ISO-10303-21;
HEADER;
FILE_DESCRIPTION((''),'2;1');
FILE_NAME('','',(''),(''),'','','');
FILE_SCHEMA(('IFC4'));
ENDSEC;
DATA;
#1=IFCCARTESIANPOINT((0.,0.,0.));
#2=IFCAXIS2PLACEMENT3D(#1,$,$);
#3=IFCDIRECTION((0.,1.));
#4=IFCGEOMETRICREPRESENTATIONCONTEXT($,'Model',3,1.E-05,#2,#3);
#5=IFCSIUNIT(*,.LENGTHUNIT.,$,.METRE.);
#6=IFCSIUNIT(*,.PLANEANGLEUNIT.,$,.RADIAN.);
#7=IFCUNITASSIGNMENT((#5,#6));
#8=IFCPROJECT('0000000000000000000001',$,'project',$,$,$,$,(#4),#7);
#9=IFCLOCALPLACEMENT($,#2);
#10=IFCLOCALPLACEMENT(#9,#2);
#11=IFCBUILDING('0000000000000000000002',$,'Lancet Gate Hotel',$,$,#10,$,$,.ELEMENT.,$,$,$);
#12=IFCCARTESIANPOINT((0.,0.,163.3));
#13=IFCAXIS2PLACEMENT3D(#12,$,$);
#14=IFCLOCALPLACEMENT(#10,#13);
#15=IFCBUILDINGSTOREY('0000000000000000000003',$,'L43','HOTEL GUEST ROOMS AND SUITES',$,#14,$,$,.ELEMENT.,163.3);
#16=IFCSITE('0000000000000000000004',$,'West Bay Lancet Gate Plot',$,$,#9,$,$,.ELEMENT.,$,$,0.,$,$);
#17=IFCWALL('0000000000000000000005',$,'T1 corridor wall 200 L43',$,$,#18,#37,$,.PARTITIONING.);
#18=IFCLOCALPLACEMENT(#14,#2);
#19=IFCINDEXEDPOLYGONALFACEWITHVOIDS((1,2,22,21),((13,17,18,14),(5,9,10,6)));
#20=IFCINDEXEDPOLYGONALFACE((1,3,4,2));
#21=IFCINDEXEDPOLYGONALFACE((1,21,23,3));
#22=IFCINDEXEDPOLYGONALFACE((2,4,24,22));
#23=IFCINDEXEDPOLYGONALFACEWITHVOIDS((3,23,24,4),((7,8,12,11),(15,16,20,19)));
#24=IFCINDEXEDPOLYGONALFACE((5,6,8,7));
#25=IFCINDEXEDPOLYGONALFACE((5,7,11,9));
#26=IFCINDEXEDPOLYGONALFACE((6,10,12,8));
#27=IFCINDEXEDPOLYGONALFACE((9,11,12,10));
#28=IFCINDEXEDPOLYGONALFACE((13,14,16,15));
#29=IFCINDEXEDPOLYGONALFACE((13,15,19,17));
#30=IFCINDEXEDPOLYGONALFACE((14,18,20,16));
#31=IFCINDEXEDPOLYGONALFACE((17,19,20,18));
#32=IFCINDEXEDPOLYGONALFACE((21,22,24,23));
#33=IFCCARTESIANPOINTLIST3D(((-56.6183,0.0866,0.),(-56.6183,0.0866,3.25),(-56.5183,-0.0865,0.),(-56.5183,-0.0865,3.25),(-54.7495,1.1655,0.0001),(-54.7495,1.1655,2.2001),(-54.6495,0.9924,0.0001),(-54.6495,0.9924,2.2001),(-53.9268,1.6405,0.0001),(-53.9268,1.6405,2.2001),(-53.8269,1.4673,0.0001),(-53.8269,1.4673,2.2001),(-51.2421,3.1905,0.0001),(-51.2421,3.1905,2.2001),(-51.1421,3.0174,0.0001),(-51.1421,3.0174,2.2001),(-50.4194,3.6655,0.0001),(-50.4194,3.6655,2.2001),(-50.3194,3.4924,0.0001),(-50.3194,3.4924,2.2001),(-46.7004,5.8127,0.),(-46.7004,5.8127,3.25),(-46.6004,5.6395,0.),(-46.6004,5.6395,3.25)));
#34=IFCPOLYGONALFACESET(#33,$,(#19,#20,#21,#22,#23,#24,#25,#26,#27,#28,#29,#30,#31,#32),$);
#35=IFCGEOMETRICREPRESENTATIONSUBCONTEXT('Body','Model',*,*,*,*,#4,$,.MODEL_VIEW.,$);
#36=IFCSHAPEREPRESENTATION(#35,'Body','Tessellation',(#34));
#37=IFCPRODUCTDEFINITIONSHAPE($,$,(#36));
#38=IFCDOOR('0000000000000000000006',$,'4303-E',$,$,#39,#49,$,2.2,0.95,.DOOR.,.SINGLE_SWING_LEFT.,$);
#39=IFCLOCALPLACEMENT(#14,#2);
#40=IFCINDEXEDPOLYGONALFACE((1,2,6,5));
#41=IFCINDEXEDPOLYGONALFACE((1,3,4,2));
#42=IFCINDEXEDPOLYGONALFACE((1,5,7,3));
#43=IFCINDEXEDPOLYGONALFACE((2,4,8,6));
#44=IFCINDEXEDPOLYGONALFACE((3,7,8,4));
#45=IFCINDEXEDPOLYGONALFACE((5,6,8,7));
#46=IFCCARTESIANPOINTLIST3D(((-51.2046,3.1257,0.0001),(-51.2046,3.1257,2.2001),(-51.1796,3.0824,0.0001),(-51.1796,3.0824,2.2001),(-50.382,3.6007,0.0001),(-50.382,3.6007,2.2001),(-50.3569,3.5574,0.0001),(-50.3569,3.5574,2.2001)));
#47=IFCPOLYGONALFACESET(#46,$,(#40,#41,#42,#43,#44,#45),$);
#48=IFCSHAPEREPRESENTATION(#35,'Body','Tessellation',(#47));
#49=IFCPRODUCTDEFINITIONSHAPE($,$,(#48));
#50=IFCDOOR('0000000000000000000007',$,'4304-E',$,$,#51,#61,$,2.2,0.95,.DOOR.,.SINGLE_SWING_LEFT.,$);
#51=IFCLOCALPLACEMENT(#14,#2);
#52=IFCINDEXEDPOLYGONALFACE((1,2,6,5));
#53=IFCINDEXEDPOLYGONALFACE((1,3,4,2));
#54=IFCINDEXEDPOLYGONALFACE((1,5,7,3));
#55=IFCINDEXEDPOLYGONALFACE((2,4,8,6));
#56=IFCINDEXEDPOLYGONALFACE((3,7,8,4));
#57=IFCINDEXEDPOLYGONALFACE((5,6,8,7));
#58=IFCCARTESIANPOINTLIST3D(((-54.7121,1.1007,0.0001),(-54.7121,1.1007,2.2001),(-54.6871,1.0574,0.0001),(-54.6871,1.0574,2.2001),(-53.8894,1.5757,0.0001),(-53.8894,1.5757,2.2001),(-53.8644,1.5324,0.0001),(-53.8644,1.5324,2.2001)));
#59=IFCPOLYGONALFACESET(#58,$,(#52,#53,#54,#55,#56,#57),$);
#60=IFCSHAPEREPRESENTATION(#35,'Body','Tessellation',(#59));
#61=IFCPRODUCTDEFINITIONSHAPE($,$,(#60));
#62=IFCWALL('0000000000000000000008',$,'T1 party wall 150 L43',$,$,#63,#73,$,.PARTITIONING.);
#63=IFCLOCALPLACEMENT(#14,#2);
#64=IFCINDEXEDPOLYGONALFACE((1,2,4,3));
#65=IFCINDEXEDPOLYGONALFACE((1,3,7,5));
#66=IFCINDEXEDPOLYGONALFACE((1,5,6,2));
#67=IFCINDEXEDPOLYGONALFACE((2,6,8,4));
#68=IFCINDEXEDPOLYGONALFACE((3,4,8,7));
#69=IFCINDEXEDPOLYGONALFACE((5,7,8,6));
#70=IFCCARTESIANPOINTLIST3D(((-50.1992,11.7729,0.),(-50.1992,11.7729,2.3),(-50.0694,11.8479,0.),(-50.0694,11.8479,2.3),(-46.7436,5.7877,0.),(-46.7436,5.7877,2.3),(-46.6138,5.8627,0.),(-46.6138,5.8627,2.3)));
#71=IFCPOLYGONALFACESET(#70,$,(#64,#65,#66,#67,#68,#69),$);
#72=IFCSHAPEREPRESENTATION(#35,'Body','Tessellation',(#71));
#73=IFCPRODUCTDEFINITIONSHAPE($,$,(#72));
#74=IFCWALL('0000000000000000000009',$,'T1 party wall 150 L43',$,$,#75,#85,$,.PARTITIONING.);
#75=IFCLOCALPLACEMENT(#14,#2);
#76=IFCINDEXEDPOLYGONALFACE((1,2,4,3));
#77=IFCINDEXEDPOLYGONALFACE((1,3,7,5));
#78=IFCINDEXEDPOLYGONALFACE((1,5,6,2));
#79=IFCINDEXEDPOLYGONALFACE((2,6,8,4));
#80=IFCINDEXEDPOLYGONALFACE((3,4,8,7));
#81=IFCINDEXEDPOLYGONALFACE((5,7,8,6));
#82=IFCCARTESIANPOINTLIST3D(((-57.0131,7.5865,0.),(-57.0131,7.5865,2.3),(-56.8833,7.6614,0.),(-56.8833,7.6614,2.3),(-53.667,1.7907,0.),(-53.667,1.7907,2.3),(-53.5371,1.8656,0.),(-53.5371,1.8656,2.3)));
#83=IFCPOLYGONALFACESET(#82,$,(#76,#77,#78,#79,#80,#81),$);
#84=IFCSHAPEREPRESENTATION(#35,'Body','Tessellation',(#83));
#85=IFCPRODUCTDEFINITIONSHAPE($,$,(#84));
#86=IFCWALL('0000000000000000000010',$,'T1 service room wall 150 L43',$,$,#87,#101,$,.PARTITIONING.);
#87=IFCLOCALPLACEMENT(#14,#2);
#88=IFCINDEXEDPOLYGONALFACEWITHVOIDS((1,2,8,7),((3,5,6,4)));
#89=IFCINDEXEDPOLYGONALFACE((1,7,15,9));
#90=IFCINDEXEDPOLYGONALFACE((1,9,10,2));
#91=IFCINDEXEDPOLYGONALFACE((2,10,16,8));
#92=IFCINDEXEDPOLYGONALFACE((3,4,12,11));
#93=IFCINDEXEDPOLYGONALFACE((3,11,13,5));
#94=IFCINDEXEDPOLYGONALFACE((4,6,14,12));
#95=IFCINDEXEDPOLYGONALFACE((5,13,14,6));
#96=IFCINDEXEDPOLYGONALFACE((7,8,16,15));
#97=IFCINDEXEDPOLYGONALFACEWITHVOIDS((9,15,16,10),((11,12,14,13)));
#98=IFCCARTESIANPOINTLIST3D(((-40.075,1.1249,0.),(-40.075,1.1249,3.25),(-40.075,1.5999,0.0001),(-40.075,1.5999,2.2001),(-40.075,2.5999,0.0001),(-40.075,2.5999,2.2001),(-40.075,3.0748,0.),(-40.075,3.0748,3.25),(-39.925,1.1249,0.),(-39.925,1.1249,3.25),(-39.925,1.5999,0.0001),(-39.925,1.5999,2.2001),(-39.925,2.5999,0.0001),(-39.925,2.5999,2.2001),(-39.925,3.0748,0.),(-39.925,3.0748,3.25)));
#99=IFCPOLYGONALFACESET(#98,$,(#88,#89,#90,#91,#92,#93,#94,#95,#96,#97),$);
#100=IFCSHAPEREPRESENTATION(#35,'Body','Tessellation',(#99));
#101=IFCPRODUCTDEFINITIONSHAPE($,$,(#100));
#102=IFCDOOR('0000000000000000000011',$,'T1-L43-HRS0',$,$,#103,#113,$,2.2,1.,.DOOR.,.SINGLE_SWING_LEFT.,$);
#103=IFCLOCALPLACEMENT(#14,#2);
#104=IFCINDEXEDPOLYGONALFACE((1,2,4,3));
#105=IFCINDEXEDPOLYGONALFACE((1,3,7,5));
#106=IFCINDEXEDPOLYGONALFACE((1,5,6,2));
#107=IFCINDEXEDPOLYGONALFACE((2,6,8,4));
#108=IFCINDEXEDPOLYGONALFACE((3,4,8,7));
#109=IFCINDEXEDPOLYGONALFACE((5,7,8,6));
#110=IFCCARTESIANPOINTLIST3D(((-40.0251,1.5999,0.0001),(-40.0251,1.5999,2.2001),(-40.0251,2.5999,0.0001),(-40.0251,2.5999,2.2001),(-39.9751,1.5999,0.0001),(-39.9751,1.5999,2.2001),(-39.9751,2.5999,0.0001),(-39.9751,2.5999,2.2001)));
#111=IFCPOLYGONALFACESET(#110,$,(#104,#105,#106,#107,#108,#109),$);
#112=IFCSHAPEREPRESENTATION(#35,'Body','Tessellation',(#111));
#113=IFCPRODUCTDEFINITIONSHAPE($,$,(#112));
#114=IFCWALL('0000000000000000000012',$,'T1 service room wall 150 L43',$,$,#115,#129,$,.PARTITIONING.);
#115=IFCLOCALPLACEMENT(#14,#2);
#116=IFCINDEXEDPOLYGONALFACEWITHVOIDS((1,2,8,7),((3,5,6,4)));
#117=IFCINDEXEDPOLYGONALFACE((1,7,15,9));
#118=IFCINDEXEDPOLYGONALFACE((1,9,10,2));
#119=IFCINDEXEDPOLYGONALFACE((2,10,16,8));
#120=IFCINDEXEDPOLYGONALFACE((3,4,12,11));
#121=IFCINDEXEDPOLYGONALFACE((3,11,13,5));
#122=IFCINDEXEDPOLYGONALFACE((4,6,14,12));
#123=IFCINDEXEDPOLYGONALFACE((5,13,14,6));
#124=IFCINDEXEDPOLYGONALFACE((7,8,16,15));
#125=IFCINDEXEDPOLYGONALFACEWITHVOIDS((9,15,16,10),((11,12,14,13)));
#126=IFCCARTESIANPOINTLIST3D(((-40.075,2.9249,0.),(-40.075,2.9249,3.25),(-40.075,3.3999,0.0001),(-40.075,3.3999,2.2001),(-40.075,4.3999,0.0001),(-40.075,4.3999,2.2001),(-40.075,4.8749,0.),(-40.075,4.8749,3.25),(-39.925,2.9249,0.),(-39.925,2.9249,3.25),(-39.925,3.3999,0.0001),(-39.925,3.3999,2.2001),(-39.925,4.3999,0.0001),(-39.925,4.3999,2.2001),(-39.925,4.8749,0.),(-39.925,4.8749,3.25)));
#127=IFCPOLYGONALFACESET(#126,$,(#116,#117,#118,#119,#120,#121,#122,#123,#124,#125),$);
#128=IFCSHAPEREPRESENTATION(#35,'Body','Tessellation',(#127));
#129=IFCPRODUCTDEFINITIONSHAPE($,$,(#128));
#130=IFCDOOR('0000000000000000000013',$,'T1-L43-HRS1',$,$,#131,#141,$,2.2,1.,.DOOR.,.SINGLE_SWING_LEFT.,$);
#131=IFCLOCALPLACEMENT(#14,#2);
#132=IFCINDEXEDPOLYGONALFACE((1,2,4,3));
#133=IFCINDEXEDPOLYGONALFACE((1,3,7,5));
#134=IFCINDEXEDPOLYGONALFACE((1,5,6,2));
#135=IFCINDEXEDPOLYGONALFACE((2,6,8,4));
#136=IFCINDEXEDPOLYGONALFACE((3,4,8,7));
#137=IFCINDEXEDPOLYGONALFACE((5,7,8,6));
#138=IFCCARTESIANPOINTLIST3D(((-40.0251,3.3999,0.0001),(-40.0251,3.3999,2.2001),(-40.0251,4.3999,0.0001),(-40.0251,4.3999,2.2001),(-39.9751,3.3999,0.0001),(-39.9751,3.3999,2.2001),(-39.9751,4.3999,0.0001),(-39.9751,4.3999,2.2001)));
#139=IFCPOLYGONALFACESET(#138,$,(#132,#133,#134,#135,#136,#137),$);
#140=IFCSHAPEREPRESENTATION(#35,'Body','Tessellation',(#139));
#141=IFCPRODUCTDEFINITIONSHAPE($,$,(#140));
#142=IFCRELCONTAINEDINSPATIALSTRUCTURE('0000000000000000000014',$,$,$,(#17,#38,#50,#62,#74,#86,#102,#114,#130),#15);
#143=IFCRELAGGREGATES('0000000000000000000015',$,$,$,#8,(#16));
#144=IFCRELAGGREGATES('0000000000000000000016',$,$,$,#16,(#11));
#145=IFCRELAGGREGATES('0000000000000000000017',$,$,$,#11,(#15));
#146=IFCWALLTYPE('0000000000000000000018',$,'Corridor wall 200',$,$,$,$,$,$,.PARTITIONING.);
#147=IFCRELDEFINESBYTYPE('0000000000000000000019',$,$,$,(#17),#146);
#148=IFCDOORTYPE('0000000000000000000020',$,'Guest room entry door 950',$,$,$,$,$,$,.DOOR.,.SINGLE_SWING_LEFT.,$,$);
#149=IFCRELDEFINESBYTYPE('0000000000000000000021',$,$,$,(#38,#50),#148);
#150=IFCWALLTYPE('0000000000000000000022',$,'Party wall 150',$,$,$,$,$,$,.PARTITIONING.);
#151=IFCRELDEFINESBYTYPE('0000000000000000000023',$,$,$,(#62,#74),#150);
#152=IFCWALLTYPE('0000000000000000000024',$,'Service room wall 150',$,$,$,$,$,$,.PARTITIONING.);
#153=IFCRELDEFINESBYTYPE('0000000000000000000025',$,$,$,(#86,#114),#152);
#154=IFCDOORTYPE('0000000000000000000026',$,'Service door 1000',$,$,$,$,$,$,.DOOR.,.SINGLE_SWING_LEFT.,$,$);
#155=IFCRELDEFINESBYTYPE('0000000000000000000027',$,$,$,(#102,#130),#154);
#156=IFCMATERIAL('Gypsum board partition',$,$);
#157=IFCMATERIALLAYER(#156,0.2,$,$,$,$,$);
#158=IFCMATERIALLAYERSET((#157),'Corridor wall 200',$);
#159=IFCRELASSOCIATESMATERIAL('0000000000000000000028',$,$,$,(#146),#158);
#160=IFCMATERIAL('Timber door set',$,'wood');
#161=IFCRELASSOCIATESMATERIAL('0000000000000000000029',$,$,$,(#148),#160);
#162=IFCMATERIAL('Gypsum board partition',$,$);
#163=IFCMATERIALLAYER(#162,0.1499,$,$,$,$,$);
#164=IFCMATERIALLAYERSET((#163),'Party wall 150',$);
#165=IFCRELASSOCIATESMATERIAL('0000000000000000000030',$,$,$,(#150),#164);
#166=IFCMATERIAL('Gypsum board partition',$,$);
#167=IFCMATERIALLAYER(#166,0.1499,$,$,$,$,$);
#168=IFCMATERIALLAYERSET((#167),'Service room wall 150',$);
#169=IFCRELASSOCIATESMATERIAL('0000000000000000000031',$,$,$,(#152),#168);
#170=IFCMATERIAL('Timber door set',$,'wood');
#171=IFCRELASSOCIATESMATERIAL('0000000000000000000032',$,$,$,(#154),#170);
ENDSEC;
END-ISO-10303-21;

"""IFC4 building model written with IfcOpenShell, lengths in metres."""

from ifc_helpers import new_model, si_unit, direction, frame, frame_2d, origin, place, context, subcontext, project, spatial, rectangle, extrude, material, layer, layer_set, type_object, element, fill, save


model = new_model("IFC4")

# Units and contexts
model_context = context("Model", 3, precision=1e-05, world=origin(), true_north=direction((0.0, 1.0)))
body_context = subcontext(model_context, "Body", "Model", "MODEL_VIEW")
ifc_project = project(units=[si_unit("LENGTHUNIT", "METRE"), si_unit("PLANEANGLEUNIT", "RADIAN")], contexts=[model_context])

# Site, building, storey
site_placement = place(None, origin())
site = spatial("IfcSite", under=ifc_project, at=site_placement, Name="West Bay Lancet Gate Plot", CompositionType="ELEMENT", RefElevation=0.0)
building_placement = place(site_placement, origin())
building = spatial("IfcBuilding", under=site, at=building_placement, Name="Lancet Gate Hotel", CompositionType="ELEMENT")
storey_placement = place(building_placement, frame((0.0, 0.0, 163.3)))
storey = spatial("IfcBuildingStorey", under=building, at=storey_placement, Name="L43", Description="HOTEL GUEST ROOMS AND SUITES", CompositionType="ELEMENT", Elevation=163.3)

# Wall, openings, doors
ifc_material_1 = material(Name="Gypsum board partition")
ifc_layer_1 = layer(ifc_material_1, 0.2)
ifc_layer_set_1 = layer_set([ifc_layer_1], Name="Corridor wall 200")
wall_type_1 = type_object("IfcWallType", Name="Corridor wall 200", PredefinedType="PARTITIONING", material=ifc_layer_set_1)
wall_1_placement = place(storey_placement, frame((-46.6504, 5.7261, 0.0), z_axis=(0.0, 0.0, 1.0), x_axis=(-0.866028, -0.499996, 0.0)))
wall_1 = element("IfcWall", 1, at=wall_1_placement, inside=storey, type_object=wall_type_1, Name="T1 corridor wall 200 L43", PredefinedType="PARTITIONING", context=body_context, shape_type="SweptSolid", body=[
    extrude(rectangle(XDim=11.4521, YDim=0.2, at=frame_2d((5.7261, 0.0))), origin(), (0.0, 0.0, 1.0), 3.25),
])
opening_1_placement = place(wall_1_placement, frame((4.2942, 0.0, 0.0)))
opening_1 = element("IfcOpeningElement", 2, at=opening_1_placement, cuts=wall_1, PredefinedType="OPENING", context=body_context, shape_type="SweptSolid", body=[
    extrude(rectangle(XDim=0.95, YDim=2.2, at=frame_2d((0.4751, 1.1001))), frame((0.0, 0.1099, 0.0), z_axis=(0.0, -1.0, 0.0), x_axis=(1.0, 0.0, 0.0)), (0.0, 0.0, 1.0), 0.22),
])
opening_2_placement = place(wall_1_placement, frame((8.3442, 0.0, 0.0)))
opening_2 = element("IfcOpeningElement", 3, at=opening_2_placement, cuts=wall_1, PredefinedType="OPENING", context=body_context, shape_type="SweptSolid", body=[
    extrude(rectangle(XDim=0.95, YDim=2.2, at=frame_2d((0.4751, 1.1001))), frame((0.0, 0.1099, 0.0), z_axis=(0.0, -1.0, 0.0), x_axis=(1.0, 0.0, 0.0)), (0.0, 0.0, 1.0), 0.22),
])
ifc_material_2 = material(Name="Timber door set", Category="wood")
door_type_1 = type_object("IfcDoorType", Name="Guest room entry door 950", OperationType="SINGLE_SWING_LEFT", PredefinedType="DOOR", material=ifc_material_2)
door_1_placement = place(opening_1_placement, origin())
door_1 = element("IfcDoor", 4, at=door_1_placement, inside=storey, type_object=door_type_1, Name="4303-E", OperationType="SINGLE_SWING_LEFT", OverallHeight=2.2, OverallWidth=0.95, PredefinedType="DOOR", context=body_context, shape_type="SweptSolid", body=[
    extrude(rectangle(XDim=0.95, YDim=2.2, at=frame_2d((0.4751, 1.1001))), frame((0.0, 0.0249, 0.0), z_axis=(0.0, -1.0, 0.0), x_axis=(1.0, 0.0, 0.0)), (0.0, 0.0, 1.0), 0.05),
])
fill(opening_1, door_1)
door_2_placement = place(opening_2_placement, origin())
door_2 = element("IfcDoor", 5, at=door_2_placement, inside=storey, type_object=door_type_1, Name="4304-E", OperationType="SINGLE_SWING_LEFT", OverallHeight=2.2, OverallWidth=0.95, PredefinedType="DOOR", context=body_context, shape_type="SweptSolid", body=[
    extrude(rectangle(XDim=0.95, YDim=2.2, at=frame_2d((0.4751, 1.1001))), frame((0.0, 0.0249, 0.0), z_axis=(0.0, -1.0, 0.0), x_axis=(1.0, 0.0, 0.0)), (0.0, 0.0, 1.0), 0.05),
])
fill(opening_2, door_2)

# Walls
ifc_material_3 = material(Name="Gypsum board partition")
ifc_layer_2 = layer(ifc_material_3, 0.1499)
ifc_layer_set_2 = layer_set([ifc_layer_2], Name="Party wall 150")
wall_type_2 = type_object("IfcWallType", Name="Party wall 150", PredefinedType="PARTITIONING", material=ifc_layer_set_2)
wall_2_placement = place(storey_placement, frame((-46.6787, 5.8252, 0.0), z_axis=(0.0, 0.0, 1.0), x_axis=(-0.500007, 0.866021, 0.0)))
element("IfcWall", 6, at=wall_2_placement, inside=storey, type_object=wall_type_2, Name="T1 party wall 150 L43", PredefinedType="PARTITIONING", context=body_context, shape_type="SweptSolid", body=[
    extrude(rectangle(XDim=6.9111, YDim=0.1499, at=frame_2d((3.4556, 0.0))), origin(), (0.0, 0.0, 1.0), 2.3),
])
wall_3_placement = place(storey_placement, frame((-53.6021, 1.8281, 0.0), z_axis=(0.0, 0.0, 1.0), x_axis=(-0.499992, 0.86603, 0.0)))
element("IfcWall", 7, at=wall_3_placement, inside=storey, type_object=wall_type_2, Name="T1 party wall 150 L43", PredefinedType="PARTITIONING", context=body_context, shape_type="SweptSolid", body=[
    extrude(rectangle(XDim=6.6924, YDim=0.1499, at=frame_2d((3.3462, 0.0))), origin(), (0.0, 0.0, 1.0), 2.3),
])

# Walls, openings, doors
ifc_material_4 = material(Name="Gypsum board partition")
ifc_layer_3 = layer(ifc_material_4, 0.1499)
ifc_layer_set_3 = layer_set([ifc_layer_3], Name="Service room wall 150")
wall_type_3 = type_object("IfcWallType", Name="Service room wall 150", PredefinedType="PARTITIONING", material=ifc_layer_set_3)
wall_4_placement = place(storey_placement, frame((-40.0, 3.075, 0.0), z_axis=(0.0, 0.0, 1.0), x_axis=(0.0, -1.0, 0.0)))
wall_4 = element("IfcWall", 8, at=wall_4_placement, inside=storey, type_object=wall_type_3, Name="T1 service room wall 150 L43", PredefinedType="PARTITIONING", context=body_context, shape_type="SweptSolid", body=[
    extrude(rectangle(XDim=1.95, YDim=0.1499, at=frame_2d((0.9751, 0.0))), origin(), (0.0, 0.0, 1.0), 3.25),
])
opening_3_placement = place(wall_4_placement, frame((0.4751, 0.0, 0.0)))
opening_3 = element("IfcOpeningElement", 9, at=opening_3_placement, cuts=wall_4, PredefinedType="OPENING", context=body_context, shape_type="SweptSolid", body=[
    extrude(rectangle(XDim=1.0, YDim=2.2, at=frame_2d((0.5, 1.1001))), frame((0.0, 0.085, 0.0), z_axis=(0.0, -1.0, 0.0), x_axis=(1.0, 0.0, 0.0)), (0.0, 0.0, 1.0), 0.1699),
])
ifc_material_5 = material(Name="Timber door set", Category="wood")
door_type_2 = type_object("IfcDoorType", Name="Service door 1000", OperationType="SINGLE_SWING_LEFT", PredefinedType="DOOR", material=ifc_material_5)
door_3_placement = place(opening_3_placement, origin())
door_3 = element("IfcDoor", 10, at=door_3_placement, inside=storey, type_object=door_type_2, Name="T1-L43-HRS0", OperationType="SINGLE_SWING_LEFT", OverallHeight=2.2, OverallWidth=1.0, PredefinedType="DOOR", context=body_context, shape_type="SweptSolid", body=[
    extrude(rectangle(XDim=1.0, YDim=2.2, at=frame_2d((0.5, 1.1001))), frame((0.0, 0.0249, 0.0), z_axis=(0.0, -1.0, 0.0), x_axis=(1.0, 0.0, 0.0)), (0.0, 0.0, 1.0), 0.05),
])
fill(opening_3, door_3)
wall_5_placement = place(storey_placement, frame((-40.0, 4.875, 0.0), z_axis=(0.0, 0.0, 1.0), x_axis=(0.0, -1.0, 0.0)))
wall_5 = element("IfcWall", 11, at=wall_5_placement, inside=storey, type_object=wall_type_3, Name="T1 service room wall 150 L43", PredefinedType="PARTITIONING", context=body_context, shape_type="SweptSolid", body=[
    extrude(rectangle(XDim=1.95, YDim=0.1499, at=frame_2d((0.9751, 0.0))), origin(), (0.0, 0.0, 1.0), 3.25),
])
opening_4_placement = place(wall_5_placement, frame((0.4751, 0.0, 0.0)))
opening_4 = element("IfcOpeningElement", 12, at=opening_4_placement, cuts=wall_5, PredefinedType="OPENING", context=body_context, shape_type="SweptSolid", body=[
    extrude(rectangle(XDim=1.0, YDim=2.2, at=frame_2d((0.5, 1.1001))), frame((0.0, 0.085, 0.0), z_axis=(0.0, -1.0, 0.0), x_axis=(1.0, 0.0, 0.0)), (0.0, 0.0, 1.0), 0.1699),
])
door_4_placement = place(opening_4_placement, origin())
door_4 = element("IfcDoor", 13, at=door_4_placement, inside=storey, type_object=door_type_2, Name="T1-L43-HRS1", OperationType="SINGLE_SWING_LEFT", OverallHeight=2.2, OverallWidth=1.0, PredefinedType="DOOR", context=body_context, shape_type="SweptSolid", body=[
    extrude(rectangle(XDim=1.0, YDim=2.2, at=frame_2d((0.5, 1.1001))), frame((0.0, 0.0249, 0.0), z_axis=(0.0, -1.0, 0.0), x_axis=(1.0, 0.0, 0.0)), (0.0, 0.0, 1.0), 0.05),
])
fill(opening_4, door_4)

save(model, "model.ifc")
